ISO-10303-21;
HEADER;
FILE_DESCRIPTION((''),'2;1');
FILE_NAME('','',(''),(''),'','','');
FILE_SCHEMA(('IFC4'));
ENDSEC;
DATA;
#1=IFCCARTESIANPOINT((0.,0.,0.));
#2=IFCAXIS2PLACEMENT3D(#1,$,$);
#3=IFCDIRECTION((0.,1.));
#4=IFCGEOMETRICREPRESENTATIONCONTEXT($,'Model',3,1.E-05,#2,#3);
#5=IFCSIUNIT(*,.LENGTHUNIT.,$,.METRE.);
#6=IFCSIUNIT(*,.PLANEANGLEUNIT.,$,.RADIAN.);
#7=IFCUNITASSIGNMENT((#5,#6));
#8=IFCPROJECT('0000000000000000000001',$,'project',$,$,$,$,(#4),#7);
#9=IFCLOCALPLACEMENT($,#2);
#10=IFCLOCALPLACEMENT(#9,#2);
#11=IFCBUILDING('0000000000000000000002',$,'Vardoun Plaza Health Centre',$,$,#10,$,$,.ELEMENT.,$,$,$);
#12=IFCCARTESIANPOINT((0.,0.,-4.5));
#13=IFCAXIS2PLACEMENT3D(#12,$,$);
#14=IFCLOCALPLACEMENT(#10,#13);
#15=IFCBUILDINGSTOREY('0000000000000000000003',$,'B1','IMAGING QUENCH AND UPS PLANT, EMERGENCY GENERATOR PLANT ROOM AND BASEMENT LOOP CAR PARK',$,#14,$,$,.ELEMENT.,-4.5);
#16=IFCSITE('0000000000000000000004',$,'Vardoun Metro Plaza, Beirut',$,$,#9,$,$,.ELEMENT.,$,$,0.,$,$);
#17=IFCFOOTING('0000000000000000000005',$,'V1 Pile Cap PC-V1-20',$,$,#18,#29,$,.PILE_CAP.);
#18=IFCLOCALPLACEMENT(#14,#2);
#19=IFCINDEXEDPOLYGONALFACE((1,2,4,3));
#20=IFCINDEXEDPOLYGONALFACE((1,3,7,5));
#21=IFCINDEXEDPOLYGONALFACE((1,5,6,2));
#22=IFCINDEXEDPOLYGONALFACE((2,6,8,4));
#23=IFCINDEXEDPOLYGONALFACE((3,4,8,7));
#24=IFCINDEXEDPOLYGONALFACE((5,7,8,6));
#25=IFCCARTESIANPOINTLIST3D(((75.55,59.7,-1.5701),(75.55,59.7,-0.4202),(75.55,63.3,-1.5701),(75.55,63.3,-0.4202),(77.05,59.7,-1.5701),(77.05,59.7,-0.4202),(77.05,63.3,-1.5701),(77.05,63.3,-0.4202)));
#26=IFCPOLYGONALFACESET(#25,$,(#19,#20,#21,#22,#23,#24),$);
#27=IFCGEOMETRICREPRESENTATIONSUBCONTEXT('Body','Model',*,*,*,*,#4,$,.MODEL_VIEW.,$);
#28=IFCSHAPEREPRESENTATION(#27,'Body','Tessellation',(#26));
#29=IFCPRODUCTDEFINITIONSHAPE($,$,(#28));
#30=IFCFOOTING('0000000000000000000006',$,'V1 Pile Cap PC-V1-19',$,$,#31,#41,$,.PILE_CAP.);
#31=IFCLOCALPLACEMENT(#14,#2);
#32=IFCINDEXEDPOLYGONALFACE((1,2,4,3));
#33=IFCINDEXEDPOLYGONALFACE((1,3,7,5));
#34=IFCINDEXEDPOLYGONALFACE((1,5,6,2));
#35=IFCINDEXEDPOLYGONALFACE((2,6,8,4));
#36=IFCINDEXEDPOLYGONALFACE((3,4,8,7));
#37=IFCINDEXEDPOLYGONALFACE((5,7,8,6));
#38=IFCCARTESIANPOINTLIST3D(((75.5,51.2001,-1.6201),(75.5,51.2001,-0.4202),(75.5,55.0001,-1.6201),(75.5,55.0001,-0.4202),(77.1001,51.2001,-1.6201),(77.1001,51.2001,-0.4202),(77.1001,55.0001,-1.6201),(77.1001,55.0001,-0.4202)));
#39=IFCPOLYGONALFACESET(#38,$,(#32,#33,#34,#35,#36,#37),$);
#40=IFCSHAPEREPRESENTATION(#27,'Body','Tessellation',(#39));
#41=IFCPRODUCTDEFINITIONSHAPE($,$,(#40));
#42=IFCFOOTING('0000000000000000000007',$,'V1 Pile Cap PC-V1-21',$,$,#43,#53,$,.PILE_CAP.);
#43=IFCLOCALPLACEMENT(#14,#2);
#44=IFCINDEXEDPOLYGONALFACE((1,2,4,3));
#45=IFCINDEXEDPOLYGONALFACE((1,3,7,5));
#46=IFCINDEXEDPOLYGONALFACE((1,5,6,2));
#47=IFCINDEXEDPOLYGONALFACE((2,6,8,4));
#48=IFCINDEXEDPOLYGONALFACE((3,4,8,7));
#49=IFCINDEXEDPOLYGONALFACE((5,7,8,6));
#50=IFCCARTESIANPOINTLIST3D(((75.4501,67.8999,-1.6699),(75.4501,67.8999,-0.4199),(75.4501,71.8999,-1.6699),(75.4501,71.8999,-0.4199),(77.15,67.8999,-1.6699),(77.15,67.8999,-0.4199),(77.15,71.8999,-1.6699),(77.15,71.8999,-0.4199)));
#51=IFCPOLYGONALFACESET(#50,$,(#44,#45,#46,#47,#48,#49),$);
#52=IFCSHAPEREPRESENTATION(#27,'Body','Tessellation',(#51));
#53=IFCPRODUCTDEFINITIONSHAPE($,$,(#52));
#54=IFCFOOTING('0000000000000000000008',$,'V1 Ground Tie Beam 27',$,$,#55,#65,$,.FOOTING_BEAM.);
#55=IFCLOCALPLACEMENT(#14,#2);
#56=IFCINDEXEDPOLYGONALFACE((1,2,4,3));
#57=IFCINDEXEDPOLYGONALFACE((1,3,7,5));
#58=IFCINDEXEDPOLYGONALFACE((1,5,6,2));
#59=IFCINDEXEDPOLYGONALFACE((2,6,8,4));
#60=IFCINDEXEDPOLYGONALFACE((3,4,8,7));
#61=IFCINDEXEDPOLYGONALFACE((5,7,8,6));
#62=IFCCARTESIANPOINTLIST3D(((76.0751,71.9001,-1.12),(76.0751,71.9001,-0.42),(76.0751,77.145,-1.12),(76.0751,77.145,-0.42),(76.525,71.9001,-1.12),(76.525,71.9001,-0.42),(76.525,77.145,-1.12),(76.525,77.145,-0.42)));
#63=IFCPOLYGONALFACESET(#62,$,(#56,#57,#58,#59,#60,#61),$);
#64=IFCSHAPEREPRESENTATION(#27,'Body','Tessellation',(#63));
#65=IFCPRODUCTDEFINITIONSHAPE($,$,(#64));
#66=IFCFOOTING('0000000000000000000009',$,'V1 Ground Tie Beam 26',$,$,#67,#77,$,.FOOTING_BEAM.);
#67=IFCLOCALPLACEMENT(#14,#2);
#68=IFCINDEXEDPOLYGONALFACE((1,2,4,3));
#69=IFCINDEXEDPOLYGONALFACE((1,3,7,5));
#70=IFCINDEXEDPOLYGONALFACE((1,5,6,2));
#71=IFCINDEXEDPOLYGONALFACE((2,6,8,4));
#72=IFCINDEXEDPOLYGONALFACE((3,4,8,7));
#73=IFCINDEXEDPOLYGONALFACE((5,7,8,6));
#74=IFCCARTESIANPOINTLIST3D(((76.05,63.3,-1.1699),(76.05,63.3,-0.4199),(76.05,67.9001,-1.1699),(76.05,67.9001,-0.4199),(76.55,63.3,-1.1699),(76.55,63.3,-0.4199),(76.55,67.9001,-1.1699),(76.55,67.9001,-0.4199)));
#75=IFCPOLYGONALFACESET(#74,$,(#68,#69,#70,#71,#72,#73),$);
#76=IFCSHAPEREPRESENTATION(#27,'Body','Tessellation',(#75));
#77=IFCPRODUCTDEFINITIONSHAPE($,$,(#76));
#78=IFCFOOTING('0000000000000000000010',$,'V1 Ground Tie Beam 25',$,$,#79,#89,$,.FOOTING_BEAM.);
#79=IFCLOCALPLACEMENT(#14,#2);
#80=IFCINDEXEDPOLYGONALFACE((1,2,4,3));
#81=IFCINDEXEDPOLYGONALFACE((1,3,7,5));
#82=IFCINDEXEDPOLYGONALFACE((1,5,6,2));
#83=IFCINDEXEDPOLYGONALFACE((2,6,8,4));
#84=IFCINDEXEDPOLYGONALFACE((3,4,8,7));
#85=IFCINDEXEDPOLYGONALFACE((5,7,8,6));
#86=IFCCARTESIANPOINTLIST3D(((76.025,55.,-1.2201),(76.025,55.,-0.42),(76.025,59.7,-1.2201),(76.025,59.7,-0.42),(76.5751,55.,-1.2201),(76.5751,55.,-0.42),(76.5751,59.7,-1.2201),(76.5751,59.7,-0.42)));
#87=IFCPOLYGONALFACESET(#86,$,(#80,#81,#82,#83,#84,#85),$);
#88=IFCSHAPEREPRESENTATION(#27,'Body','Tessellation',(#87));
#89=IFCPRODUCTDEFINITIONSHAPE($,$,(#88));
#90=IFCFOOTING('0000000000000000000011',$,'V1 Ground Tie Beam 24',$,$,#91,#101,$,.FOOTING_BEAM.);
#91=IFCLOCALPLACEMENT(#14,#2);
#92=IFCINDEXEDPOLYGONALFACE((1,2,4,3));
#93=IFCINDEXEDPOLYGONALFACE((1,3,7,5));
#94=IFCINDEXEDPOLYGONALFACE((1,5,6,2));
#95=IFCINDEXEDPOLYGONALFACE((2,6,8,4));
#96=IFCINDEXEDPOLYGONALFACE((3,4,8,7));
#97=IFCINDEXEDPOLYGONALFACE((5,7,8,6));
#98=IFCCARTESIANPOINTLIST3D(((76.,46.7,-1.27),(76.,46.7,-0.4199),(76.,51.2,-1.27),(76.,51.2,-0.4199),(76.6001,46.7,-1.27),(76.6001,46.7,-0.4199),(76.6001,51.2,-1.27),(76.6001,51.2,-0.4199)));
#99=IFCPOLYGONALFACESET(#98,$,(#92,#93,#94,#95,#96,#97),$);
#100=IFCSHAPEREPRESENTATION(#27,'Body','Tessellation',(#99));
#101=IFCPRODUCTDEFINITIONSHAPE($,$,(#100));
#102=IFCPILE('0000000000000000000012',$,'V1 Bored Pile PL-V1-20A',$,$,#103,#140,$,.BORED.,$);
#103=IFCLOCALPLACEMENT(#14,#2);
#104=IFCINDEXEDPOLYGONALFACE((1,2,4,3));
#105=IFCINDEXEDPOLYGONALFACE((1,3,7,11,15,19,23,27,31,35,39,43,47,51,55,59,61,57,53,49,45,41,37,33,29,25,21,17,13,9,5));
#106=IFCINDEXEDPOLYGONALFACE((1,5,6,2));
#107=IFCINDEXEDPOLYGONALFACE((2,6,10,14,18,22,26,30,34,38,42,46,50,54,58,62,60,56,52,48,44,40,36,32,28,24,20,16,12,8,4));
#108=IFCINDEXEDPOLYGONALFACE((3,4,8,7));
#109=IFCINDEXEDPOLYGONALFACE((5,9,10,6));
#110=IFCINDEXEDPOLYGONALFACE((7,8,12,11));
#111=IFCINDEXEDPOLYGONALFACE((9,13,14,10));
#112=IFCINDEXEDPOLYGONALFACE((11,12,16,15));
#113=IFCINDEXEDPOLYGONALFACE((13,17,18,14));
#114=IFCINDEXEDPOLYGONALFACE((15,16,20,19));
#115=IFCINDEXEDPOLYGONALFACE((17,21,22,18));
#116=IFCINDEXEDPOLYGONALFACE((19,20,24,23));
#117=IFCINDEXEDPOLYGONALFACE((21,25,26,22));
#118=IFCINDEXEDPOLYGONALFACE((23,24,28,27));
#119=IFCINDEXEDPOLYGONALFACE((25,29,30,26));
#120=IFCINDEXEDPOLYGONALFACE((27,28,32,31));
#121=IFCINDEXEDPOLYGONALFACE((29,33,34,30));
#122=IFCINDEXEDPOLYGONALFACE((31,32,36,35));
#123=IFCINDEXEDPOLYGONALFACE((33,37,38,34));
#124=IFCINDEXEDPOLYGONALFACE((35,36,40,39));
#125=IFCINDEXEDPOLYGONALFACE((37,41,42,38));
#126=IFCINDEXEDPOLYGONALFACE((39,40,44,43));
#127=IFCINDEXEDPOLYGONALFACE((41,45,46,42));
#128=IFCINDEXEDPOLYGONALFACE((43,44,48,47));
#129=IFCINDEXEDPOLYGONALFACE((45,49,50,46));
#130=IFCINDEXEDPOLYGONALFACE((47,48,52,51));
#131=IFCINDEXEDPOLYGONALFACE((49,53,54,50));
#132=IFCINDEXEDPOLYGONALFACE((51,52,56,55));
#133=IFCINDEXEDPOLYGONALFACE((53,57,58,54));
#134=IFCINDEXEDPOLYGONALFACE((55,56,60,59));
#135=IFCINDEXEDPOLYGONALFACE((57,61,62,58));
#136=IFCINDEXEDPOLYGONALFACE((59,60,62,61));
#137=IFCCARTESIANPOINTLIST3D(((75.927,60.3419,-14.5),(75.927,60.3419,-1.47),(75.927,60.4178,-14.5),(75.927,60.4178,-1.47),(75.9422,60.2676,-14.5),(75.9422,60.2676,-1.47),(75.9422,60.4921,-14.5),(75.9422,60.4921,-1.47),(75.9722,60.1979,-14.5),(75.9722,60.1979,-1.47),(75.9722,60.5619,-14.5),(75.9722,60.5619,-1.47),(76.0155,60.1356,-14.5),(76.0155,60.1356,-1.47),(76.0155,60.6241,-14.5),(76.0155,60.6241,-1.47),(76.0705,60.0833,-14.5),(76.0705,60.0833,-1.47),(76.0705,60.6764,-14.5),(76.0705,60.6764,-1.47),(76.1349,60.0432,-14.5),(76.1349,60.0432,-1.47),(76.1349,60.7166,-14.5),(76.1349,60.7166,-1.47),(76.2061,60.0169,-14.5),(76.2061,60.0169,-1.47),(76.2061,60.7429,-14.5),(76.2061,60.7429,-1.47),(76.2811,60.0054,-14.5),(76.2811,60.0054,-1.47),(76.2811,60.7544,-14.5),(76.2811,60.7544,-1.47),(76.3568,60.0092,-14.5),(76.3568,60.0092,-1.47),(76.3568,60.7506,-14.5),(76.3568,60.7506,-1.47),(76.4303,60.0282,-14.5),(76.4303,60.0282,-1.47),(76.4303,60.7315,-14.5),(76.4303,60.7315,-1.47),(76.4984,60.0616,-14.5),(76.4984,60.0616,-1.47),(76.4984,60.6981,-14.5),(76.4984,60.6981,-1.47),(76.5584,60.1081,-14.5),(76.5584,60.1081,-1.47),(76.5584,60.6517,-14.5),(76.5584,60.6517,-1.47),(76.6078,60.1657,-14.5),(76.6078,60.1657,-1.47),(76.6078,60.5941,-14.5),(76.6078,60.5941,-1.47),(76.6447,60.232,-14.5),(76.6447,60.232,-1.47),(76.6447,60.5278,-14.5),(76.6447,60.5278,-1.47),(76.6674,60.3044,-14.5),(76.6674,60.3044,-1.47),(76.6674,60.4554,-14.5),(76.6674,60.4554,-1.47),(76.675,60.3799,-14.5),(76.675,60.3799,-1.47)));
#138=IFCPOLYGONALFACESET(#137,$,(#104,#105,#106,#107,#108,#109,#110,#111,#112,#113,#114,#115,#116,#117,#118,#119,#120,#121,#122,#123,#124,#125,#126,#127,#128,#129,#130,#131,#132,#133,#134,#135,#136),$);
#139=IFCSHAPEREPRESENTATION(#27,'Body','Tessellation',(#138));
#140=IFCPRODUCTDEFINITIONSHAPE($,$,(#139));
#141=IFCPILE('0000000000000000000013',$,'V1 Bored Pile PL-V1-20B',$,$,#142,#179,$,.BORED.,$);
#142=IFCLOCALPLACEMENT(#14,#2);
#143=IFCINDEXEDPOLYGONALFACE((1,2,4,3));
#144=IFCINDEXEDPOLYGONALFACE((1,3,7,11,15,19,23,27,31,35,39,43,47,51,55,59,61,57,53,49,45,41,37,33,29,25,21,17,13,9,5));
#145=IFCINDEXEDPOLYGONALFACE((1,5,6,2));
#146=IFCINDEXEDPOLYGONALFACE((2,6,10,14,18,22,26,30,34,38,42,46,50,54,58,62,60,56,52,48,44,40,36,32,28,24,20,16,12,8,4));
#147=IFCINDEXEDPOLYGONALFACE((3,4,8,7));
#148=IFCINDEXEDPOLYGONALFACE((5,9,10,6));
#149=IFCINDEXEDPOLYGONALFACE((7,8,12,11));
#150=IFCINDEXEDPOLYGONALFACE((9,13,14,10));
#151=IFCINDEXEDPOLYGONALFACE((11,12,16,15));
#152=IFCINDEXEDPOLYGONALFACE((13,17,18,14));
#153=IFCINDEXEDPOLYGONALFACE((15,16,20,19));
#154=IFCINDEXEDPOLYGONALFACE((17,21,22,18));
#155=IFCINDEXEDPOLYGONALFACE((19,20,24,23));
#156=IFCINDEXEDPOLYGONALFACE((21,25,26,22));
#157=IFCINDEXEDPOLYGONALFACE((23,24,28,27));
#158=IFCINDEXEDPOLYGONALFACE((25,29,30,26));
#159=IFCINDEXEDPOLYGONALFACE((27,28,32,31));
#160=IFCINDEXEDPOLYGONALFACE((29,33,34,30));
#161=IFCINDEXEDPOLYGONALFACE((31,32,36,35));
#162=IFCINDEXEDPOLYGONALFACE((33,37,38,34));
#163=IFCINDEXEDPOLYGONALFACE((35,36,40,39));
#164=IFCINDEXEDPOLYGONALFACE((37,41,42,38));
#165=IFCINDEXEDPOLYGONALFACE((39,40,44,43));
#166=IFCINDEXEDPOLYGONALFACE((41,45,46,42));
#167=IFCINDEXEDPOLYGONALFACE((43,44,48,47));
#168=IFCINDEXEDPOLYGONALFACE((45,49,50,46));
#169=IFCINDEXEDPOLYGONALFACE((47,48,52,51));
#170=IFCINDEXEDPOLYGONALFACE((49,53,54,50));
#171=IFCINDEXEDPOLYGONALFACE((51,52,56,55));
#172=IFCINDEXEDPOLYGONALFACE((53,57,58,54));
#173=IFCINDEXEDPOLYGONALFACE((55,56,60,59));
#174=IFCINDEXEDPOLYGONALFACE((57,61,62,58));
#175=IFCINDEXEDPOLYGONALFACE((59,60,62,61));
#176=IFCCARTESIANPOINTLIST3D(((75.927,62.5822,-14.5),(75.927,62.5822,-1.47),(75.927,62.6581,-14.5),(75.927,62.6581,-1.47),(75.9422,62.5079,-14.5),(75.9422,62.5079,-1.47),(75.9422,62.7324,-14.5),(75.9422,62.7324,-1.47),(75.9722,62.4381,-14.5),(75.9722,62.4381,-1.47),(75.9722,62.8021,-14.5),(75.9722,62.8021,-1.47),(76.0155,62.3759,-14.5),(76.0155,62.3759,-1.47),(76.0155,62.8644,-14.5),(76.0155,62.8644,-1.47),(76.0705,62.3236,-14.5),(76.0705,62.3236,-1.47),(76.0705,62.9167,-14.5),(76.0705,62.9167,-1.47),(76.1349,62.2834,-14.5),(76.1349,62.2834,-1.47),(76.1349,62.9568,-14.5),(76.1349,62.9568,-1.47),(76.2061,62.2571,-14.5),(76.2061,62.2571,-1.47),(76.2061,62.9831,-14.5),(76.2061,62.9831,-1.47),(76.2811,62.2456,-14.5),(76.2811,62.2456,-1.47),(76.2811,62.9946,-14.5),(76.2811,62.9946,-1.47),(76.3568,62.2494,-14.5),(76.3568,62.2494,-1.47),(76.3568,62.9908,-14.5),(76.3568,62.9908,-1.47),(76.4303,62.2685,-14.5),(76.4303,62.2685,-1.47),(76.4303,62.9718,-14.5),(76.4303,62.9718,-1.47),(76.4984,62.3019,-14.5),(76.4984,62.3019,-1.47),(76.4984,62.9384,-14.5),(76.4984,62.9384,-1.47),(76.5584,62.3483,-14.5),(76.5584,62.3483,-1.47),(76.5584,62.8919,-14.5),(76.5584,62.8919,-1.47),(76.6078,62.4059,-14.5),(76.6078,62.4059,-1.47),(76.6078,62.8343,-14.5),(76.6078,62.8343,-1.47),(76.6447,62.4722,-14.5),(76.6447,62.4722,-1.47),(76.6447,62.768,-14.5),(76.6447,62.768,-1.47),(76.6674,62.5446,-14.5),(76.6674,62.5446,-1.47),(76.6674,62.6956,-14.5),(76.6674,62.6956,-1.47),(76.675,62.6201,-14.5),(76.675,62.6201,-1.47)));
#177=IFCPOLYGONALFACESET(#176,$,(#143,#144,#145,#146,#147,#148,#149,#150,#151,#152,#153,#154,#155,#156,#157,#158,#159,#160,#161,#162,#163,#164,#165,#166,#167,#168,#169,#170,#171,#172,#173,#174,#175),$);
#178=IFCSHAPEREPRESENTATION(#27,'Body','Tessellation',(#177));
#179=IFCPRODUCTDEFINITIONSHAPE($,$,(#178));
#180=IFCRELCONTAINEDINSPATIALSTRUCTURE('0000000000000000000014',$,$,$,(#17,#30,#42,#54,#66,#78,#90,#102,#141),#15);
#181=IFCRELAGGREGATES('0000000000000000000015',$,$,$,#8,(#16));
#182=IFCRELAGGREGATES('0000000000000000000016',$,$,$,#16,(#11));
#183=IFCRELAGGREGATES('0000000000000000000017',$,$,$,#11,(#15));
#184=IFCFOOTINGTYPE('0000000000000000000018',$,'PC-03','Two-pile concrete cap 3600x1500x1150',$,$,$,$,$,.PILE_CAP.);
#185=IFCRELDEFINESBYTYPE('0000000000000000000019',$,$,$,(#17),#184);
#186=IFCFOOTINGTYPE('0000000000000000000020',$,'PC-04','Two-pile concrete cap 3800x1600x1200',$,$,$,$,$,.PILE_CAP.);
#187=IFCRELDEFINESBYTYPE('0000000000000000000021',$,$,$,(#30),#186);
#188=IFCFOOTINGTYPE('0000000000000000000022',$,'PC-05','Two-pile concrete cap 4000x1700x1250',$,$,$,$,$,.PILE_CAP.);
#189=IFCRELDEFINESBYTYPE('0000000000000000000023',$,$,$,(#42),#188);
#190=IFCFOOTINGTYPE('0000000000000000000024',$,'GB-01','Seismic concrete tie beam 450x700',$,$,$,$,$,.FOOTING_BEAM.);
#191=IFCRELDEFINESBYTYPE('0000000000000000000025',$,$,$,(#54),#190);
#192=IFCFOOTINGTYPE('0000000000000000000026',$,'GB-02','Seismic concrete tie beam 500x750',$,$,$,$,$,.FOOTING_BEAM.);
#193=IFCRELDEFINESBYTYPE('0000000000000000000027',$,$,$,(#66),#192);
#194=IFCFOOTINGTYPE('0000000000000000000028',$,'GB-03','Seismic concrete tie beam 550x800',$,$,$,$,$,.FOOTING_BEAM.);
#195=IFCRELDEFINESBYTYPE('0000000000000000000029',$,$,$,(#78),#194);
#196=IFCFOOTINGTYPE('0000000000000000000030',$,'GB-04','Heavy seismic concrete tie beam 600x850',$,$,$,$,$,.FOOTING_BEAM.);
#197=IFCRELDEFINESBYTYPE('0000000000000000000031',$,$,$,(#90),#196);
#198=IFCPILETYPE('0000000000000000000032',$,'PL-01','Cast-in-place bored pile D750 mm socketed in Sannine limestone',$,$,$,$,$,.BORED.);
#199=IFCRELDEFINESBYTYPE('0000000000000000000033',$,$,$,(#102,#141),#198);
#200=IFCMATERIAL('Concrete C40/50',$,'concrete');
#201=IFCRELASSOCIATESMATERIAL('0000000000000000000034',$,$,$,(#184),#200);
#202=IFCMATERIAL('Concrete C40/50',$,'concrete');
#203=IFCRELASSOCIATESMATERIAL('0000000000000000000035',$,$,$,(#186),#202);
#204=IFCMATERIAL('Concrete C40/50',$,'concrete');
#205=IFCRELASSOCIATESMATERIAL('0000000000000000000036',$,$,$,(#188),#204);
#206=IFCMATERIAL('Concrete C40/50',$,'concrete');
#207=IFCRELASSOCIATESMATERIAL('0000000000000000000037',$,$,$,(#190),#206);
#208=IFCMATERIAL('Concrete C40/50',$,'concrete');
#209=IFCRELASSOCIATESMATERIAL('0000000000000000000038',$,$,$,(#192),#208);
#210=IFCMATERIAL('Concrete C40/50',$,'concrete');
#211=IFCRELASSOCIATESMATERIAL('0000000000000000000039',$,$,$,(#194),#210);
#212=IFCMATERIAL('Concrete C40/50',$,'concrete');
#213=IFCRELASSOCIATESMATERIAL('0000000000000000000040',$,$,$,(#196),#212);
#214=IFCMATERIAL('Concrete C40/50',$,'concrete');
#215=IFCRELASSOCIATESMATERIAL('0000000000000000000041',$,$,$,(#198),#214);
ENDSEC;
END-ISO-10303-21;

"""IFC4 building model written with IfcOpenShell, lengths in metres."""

from ifc_helpers import new_model, si_unit, direction, frame, origin, origin_2d, place, context, subcontext, project, spatial, rectangle, circle, extrude, material, material_profile, profile_set, type_object, element, save


model = new_model("IFC4")

# Units and contexts
model_context = context("Model", 3, precision=1e-05, world=origin(), true_north=direction((0.0, 1.0)))
body_context = subcontext(model_context, "Body", "Model", "MODEL_VIEW")
ifc_project = project(units=[si_unit("LENGTHUNIT", "METRE"), si_unit("PLANEANGLEUNIT", "RADIAN")], contexts=[model_context])

# Site, building, storey
site_placement = place(None, origin())
site = spatial("IfcSite", under=ifc_project, at=site_placement, Name="Vardoun Metro Plaza, Beirut", CompositionType="ELEMENT", RefElevation=0.0)
building_placement = place(site_placement, origin())
building = spatial("IfcBuilding", under=site, at=building_placement, Name="Vardoun Plaza Health Centre", CompositionType="ELEMENT")
storey_placement = place(building_placement, frame((0.0, 0.0, -4.5)))
storey = spatial("IfcBuildingStorey", under=building, at=storey_placement, Name="B1", Description="IMAGING QUENCH AND UPS PLANT, EMERGENCY GENERATOR PLANT ROOM AND BASEMENT LOOP CAR PARK", CompositionType="ELEMENT", Elevation=-4.5)

# Footings
ifc_material_1 = material(Name="Concrete C40/50", Category="concrete")
footing_type_1 = type_object("IfcFootingType", Name="PC-03", Description="Two-pile concrete cap 3600x1500x1150", PredefinedType="PILE_CAP", material=ifc_material_1)
footing_1_placement = place(storey_placement, frame((76.3, 61.5, -1.5701), z_axis=(0.0, 0.0, 1.0), x_axis=(0.0, 1.0, 0.0)))
element("IfcFooting", 1, at=footing_1_placement, inside=storey, type_object=footing_type_1, Name="V1 Pile Cap PC-V1-20", PredefinedType="PILE_CAP", context=body_context, shape_type="SweptSolid", body=[
    extrude(rectangle(XDim=3.6001, YDim=1.5, at=origin_2d()), origin(), (0.0, 0.0, 1.0), 1.1499),
])
ifc_material_2 = material(Name="Concrete C40/50", Category="concrete")
footing_type_2 = type_object("IfcFootingType", Name="PC-04", Description="Two-pile concrete cap 3800x1600x1200", PredefinedType="PILE_CAP", material=ifc_material_2)
footing_2_placement = place(storey_placement, frame((76.3, 53.1001, -1.6201), z_axis=(0.0, 0.0, 1.0), x_axis=(0.0, 1.0, 0.0)))
element("IfcFooting", 2, at=footing_2_placement, inside=storey, type_object=footing_type_2, Name="V1 Pile Cap PC-V1-19", PredefinedType="PILE_CAP", context=body_context, shape_type="SweptSolid", body=[
    extrude(rectangle(XDim=3.8, YDim=1.6001, at=origin_2d()), origin(), (0.0, 0.0, 1.0), 1.2),
])
ifc_material_3 = material(Name="Concrete C40/50", Category="concrete")
footing_type_3 = type_object("IfcFootingType", Name="PC-05", Description="Two-pile concrete cap 4000x1700x1250", PredefinedType="PILE_CAP", material=ifc_material_3)
footing_3_placement = place(storey_placement, frame((76.3, 69.8999, -1.6699), z_axis=(0.0, 0.0, 1.0), x_axis=(0.0, 1.0, 0.0)))
element("IfcFooting", 3, at=footing_3_placement, inside=storey, type_object=footing_type_3, Name="V1 Pile Cap PC-V1-21", PredefinedType="PILE_CAP", context=body_context, shape_type="SweptSolid", body=[
    extrude(rectangle(XDim=4.0, YDim=1.7, at=origin_2d()), origin(), (0.0, 0.0, 1.0), 1.25),
])
ifc_material_4 = material(Name="Concrete C40/50", Category="concrete")
ifc_material_profile_1 = material_profile(ifc_material_4, rectangle(XDim=0.45, YDim=0.7, at=origin_2d()), Name="GB 450x700")
ifc_profile_set_1 = profile_set([ifc_material_profile_1], Name="Concrete C40/50")
footing_type_4 = type_object("IfcFootingType", Name="GB-01", Description="Seismic concrete tie beam 450x700", PredefinedType="FOOTING_BEAM", material=ifc_profile_set_1)
footing_4_placement = place(storey_placement, frame((76.3, 71.9001, -0.77), z_axis=(0.0, 1.0, 0.0), x_axis=(-1.0, 0.0, 0.0)))
element("IfcFooting", 4, at=footing_4_placement, inside=storey, type_object=footing_type_4, Name="V1 Ground Tie Beam 27", PredefinedType="FOOTING_BEAM", context=body_context, shape_type="SweptSolid", body=[
    extrude(rectangle(XDim=0.45, YDim=0.7, at=origin_2d()), origin(), (0.0, 0.0, 1.0), 5.2449),
])
ifc_material_5 = material(Name="Concrete C40/50", Category="concrete")
ifc_material_profile_2 = material_profile(ifc_material_5, rectangle(XDim=0.5, YDim=0.75, at=origin_2d()), Name="GB 500x750")
ifc_profile_set_2 = profile_set([ifc_material_profile_2], Name="Concrete C40/50")
footing_type_5 = type_object("IfcFootingType", Name="GB-02", Description="Seismic concrete tie beam 500x750", PredefinedType="FOOTING_BEAM", material=ifc_profile_set_2)
footing_5_placement = place(storey_placement, frame((76.3, 63.3, -0.7949), z_axis=(0.0, 1.0, 0.0), x_axis=(-1.0, 0.0, 0.0)))
element("IfcFooting", 5, at=footing_5_placement, inside=storey, type_object=footing_type_5, Name="V1 Ground Tie Beam 26", PredefinedType="FOOTING_BEAM", context=body_context, shape_type="SweptSolid", body=[
    extrude(rectangle(XDim=0.5, YDim=0.75, at=origin_2d()), origin(), (0.0, 0.0, 1.0), 4.6001),
])
ifc_material_6 = material(Name="Concrete C40/50", Category="concrete")
ifc_material_profile_3 = material_profile(ifc_material_6, rectangle(XDim=0.55, YDim=0.8, at=origin_2d()), Name="GB 550x800")
ifc_profile_set_3 = profile_set([ifc_material_profile_3], Name="Concrete C40/50")
footing_type_6 = type_object("IfcFootingType", Name="GB-03", Description="Seismic concrete tie beam 550x800", PredefinedType="FOOTING_BEAM", material=ifc_profile_set_3)
footing_6_placement = place(storey_placement, frame((76.3, 55.0, -0.8201), z_axis=(0.0, 1.0, 0.0), x_axis=(-1.0, 0.0, 0.0)))
element("IfcFooting", 6, at=footing_6_placement, inside=storey, type_object=footing_type_6, Name="V1 Ground Tie Beam 25", PredefinedType="FOOTING_BEAM", context=body_context, shape_type="SweptSolid", body=[
    extrude(rectangle(XDim=0.55, YDim=0.8, at=origin_2d()), origin(), (0.0, 0.0, 1.0), 4.7),
])
ifc_material_7 = material(Name="Concrete C40/50", Category="concrete")
ifc_material_profile_4 = material_profile(ifc_material_7, rectangle(XDim=0.6001, YDim=0.8501, at=origin_2d()), Name="GB 600x850")
ifc_profile_set_4 = profile_set([ifc_material_profile_4], Name="Concrete C40/50")
footing_type_7 = type_object("IfcFootingType", Name="GB-04", Description="Heavy seismic concrete tie beam 600x850", PredefinedType="FOOTING_BEAM", material=ifc_profile_set_4)
footing_7_placement = place(storey_placement, frame((76.3, 46.7, -0.845), z_axis=(0.0, 1.0, 0.0), x_axis=(-1.0, 0.0, 0.0)))
element("IfcFooting", 7, at=footing_7_placement, inside=storey, type_object=footing_type_7, Name="V1 Ground Tie Beam 24", PredefinedType="FOOTING_BEAM", context=body_context, shape_type="SweptSolid", body=[
    extrude(rectangle(XDim=0.6001, YDim=0.8501, at=origin_2d()), origin(), (0.0, 0.0, 1.0), 4.5),
])

# Piles
ifc_material_8 = material(Name="Concrete C40/50", Category="concrete")
ifc_material_profile_5 = material_profile(ifc_material_8, circle(Radius=0.375, at=origin_2d()), Name="PILE D750")
ifc_profile_set_5 = profile_set([ifc_material_profile_5], Name="Concrete C40/50")
pile_type_1 = type_object("IfcPileType", Name="PL-01", Description="Cast-in-place bored pile D750 mm socketed in Sannine limestone", PredefinedType="BORED", material=ifc_profile_set_5)
for number, where, z_axis, x_axis, name in (
    (8, (76.3, 60.3799, -1.47), (0.0, 0.0, -1.0), (1.0, 0.0, 0.0), "V1 Bored Pile PL-V1-20A"),
    (9, (76.3, 62.6201, -1.47), (0.0, 0.0, -1.0), (1.0, 0.0, 0.0), "V1 Bored Pile PL-V1-20B"),
):
    element("IfcPile", number, at=place(storey_placement, frame(where, z_axis=z_axis, x_axis=x_axis)), inside=storey, type_object=pile_type_1, Name=name, PredefinedType="BORED", context=body_context, shape_type="SweptSolid", body=[
        extrude(circle(Radius=0.375, at=origin_2d()), origin(), (0.0, 0.0, 1.0), 13.03),
    ])

save(model, "model.ifc")
